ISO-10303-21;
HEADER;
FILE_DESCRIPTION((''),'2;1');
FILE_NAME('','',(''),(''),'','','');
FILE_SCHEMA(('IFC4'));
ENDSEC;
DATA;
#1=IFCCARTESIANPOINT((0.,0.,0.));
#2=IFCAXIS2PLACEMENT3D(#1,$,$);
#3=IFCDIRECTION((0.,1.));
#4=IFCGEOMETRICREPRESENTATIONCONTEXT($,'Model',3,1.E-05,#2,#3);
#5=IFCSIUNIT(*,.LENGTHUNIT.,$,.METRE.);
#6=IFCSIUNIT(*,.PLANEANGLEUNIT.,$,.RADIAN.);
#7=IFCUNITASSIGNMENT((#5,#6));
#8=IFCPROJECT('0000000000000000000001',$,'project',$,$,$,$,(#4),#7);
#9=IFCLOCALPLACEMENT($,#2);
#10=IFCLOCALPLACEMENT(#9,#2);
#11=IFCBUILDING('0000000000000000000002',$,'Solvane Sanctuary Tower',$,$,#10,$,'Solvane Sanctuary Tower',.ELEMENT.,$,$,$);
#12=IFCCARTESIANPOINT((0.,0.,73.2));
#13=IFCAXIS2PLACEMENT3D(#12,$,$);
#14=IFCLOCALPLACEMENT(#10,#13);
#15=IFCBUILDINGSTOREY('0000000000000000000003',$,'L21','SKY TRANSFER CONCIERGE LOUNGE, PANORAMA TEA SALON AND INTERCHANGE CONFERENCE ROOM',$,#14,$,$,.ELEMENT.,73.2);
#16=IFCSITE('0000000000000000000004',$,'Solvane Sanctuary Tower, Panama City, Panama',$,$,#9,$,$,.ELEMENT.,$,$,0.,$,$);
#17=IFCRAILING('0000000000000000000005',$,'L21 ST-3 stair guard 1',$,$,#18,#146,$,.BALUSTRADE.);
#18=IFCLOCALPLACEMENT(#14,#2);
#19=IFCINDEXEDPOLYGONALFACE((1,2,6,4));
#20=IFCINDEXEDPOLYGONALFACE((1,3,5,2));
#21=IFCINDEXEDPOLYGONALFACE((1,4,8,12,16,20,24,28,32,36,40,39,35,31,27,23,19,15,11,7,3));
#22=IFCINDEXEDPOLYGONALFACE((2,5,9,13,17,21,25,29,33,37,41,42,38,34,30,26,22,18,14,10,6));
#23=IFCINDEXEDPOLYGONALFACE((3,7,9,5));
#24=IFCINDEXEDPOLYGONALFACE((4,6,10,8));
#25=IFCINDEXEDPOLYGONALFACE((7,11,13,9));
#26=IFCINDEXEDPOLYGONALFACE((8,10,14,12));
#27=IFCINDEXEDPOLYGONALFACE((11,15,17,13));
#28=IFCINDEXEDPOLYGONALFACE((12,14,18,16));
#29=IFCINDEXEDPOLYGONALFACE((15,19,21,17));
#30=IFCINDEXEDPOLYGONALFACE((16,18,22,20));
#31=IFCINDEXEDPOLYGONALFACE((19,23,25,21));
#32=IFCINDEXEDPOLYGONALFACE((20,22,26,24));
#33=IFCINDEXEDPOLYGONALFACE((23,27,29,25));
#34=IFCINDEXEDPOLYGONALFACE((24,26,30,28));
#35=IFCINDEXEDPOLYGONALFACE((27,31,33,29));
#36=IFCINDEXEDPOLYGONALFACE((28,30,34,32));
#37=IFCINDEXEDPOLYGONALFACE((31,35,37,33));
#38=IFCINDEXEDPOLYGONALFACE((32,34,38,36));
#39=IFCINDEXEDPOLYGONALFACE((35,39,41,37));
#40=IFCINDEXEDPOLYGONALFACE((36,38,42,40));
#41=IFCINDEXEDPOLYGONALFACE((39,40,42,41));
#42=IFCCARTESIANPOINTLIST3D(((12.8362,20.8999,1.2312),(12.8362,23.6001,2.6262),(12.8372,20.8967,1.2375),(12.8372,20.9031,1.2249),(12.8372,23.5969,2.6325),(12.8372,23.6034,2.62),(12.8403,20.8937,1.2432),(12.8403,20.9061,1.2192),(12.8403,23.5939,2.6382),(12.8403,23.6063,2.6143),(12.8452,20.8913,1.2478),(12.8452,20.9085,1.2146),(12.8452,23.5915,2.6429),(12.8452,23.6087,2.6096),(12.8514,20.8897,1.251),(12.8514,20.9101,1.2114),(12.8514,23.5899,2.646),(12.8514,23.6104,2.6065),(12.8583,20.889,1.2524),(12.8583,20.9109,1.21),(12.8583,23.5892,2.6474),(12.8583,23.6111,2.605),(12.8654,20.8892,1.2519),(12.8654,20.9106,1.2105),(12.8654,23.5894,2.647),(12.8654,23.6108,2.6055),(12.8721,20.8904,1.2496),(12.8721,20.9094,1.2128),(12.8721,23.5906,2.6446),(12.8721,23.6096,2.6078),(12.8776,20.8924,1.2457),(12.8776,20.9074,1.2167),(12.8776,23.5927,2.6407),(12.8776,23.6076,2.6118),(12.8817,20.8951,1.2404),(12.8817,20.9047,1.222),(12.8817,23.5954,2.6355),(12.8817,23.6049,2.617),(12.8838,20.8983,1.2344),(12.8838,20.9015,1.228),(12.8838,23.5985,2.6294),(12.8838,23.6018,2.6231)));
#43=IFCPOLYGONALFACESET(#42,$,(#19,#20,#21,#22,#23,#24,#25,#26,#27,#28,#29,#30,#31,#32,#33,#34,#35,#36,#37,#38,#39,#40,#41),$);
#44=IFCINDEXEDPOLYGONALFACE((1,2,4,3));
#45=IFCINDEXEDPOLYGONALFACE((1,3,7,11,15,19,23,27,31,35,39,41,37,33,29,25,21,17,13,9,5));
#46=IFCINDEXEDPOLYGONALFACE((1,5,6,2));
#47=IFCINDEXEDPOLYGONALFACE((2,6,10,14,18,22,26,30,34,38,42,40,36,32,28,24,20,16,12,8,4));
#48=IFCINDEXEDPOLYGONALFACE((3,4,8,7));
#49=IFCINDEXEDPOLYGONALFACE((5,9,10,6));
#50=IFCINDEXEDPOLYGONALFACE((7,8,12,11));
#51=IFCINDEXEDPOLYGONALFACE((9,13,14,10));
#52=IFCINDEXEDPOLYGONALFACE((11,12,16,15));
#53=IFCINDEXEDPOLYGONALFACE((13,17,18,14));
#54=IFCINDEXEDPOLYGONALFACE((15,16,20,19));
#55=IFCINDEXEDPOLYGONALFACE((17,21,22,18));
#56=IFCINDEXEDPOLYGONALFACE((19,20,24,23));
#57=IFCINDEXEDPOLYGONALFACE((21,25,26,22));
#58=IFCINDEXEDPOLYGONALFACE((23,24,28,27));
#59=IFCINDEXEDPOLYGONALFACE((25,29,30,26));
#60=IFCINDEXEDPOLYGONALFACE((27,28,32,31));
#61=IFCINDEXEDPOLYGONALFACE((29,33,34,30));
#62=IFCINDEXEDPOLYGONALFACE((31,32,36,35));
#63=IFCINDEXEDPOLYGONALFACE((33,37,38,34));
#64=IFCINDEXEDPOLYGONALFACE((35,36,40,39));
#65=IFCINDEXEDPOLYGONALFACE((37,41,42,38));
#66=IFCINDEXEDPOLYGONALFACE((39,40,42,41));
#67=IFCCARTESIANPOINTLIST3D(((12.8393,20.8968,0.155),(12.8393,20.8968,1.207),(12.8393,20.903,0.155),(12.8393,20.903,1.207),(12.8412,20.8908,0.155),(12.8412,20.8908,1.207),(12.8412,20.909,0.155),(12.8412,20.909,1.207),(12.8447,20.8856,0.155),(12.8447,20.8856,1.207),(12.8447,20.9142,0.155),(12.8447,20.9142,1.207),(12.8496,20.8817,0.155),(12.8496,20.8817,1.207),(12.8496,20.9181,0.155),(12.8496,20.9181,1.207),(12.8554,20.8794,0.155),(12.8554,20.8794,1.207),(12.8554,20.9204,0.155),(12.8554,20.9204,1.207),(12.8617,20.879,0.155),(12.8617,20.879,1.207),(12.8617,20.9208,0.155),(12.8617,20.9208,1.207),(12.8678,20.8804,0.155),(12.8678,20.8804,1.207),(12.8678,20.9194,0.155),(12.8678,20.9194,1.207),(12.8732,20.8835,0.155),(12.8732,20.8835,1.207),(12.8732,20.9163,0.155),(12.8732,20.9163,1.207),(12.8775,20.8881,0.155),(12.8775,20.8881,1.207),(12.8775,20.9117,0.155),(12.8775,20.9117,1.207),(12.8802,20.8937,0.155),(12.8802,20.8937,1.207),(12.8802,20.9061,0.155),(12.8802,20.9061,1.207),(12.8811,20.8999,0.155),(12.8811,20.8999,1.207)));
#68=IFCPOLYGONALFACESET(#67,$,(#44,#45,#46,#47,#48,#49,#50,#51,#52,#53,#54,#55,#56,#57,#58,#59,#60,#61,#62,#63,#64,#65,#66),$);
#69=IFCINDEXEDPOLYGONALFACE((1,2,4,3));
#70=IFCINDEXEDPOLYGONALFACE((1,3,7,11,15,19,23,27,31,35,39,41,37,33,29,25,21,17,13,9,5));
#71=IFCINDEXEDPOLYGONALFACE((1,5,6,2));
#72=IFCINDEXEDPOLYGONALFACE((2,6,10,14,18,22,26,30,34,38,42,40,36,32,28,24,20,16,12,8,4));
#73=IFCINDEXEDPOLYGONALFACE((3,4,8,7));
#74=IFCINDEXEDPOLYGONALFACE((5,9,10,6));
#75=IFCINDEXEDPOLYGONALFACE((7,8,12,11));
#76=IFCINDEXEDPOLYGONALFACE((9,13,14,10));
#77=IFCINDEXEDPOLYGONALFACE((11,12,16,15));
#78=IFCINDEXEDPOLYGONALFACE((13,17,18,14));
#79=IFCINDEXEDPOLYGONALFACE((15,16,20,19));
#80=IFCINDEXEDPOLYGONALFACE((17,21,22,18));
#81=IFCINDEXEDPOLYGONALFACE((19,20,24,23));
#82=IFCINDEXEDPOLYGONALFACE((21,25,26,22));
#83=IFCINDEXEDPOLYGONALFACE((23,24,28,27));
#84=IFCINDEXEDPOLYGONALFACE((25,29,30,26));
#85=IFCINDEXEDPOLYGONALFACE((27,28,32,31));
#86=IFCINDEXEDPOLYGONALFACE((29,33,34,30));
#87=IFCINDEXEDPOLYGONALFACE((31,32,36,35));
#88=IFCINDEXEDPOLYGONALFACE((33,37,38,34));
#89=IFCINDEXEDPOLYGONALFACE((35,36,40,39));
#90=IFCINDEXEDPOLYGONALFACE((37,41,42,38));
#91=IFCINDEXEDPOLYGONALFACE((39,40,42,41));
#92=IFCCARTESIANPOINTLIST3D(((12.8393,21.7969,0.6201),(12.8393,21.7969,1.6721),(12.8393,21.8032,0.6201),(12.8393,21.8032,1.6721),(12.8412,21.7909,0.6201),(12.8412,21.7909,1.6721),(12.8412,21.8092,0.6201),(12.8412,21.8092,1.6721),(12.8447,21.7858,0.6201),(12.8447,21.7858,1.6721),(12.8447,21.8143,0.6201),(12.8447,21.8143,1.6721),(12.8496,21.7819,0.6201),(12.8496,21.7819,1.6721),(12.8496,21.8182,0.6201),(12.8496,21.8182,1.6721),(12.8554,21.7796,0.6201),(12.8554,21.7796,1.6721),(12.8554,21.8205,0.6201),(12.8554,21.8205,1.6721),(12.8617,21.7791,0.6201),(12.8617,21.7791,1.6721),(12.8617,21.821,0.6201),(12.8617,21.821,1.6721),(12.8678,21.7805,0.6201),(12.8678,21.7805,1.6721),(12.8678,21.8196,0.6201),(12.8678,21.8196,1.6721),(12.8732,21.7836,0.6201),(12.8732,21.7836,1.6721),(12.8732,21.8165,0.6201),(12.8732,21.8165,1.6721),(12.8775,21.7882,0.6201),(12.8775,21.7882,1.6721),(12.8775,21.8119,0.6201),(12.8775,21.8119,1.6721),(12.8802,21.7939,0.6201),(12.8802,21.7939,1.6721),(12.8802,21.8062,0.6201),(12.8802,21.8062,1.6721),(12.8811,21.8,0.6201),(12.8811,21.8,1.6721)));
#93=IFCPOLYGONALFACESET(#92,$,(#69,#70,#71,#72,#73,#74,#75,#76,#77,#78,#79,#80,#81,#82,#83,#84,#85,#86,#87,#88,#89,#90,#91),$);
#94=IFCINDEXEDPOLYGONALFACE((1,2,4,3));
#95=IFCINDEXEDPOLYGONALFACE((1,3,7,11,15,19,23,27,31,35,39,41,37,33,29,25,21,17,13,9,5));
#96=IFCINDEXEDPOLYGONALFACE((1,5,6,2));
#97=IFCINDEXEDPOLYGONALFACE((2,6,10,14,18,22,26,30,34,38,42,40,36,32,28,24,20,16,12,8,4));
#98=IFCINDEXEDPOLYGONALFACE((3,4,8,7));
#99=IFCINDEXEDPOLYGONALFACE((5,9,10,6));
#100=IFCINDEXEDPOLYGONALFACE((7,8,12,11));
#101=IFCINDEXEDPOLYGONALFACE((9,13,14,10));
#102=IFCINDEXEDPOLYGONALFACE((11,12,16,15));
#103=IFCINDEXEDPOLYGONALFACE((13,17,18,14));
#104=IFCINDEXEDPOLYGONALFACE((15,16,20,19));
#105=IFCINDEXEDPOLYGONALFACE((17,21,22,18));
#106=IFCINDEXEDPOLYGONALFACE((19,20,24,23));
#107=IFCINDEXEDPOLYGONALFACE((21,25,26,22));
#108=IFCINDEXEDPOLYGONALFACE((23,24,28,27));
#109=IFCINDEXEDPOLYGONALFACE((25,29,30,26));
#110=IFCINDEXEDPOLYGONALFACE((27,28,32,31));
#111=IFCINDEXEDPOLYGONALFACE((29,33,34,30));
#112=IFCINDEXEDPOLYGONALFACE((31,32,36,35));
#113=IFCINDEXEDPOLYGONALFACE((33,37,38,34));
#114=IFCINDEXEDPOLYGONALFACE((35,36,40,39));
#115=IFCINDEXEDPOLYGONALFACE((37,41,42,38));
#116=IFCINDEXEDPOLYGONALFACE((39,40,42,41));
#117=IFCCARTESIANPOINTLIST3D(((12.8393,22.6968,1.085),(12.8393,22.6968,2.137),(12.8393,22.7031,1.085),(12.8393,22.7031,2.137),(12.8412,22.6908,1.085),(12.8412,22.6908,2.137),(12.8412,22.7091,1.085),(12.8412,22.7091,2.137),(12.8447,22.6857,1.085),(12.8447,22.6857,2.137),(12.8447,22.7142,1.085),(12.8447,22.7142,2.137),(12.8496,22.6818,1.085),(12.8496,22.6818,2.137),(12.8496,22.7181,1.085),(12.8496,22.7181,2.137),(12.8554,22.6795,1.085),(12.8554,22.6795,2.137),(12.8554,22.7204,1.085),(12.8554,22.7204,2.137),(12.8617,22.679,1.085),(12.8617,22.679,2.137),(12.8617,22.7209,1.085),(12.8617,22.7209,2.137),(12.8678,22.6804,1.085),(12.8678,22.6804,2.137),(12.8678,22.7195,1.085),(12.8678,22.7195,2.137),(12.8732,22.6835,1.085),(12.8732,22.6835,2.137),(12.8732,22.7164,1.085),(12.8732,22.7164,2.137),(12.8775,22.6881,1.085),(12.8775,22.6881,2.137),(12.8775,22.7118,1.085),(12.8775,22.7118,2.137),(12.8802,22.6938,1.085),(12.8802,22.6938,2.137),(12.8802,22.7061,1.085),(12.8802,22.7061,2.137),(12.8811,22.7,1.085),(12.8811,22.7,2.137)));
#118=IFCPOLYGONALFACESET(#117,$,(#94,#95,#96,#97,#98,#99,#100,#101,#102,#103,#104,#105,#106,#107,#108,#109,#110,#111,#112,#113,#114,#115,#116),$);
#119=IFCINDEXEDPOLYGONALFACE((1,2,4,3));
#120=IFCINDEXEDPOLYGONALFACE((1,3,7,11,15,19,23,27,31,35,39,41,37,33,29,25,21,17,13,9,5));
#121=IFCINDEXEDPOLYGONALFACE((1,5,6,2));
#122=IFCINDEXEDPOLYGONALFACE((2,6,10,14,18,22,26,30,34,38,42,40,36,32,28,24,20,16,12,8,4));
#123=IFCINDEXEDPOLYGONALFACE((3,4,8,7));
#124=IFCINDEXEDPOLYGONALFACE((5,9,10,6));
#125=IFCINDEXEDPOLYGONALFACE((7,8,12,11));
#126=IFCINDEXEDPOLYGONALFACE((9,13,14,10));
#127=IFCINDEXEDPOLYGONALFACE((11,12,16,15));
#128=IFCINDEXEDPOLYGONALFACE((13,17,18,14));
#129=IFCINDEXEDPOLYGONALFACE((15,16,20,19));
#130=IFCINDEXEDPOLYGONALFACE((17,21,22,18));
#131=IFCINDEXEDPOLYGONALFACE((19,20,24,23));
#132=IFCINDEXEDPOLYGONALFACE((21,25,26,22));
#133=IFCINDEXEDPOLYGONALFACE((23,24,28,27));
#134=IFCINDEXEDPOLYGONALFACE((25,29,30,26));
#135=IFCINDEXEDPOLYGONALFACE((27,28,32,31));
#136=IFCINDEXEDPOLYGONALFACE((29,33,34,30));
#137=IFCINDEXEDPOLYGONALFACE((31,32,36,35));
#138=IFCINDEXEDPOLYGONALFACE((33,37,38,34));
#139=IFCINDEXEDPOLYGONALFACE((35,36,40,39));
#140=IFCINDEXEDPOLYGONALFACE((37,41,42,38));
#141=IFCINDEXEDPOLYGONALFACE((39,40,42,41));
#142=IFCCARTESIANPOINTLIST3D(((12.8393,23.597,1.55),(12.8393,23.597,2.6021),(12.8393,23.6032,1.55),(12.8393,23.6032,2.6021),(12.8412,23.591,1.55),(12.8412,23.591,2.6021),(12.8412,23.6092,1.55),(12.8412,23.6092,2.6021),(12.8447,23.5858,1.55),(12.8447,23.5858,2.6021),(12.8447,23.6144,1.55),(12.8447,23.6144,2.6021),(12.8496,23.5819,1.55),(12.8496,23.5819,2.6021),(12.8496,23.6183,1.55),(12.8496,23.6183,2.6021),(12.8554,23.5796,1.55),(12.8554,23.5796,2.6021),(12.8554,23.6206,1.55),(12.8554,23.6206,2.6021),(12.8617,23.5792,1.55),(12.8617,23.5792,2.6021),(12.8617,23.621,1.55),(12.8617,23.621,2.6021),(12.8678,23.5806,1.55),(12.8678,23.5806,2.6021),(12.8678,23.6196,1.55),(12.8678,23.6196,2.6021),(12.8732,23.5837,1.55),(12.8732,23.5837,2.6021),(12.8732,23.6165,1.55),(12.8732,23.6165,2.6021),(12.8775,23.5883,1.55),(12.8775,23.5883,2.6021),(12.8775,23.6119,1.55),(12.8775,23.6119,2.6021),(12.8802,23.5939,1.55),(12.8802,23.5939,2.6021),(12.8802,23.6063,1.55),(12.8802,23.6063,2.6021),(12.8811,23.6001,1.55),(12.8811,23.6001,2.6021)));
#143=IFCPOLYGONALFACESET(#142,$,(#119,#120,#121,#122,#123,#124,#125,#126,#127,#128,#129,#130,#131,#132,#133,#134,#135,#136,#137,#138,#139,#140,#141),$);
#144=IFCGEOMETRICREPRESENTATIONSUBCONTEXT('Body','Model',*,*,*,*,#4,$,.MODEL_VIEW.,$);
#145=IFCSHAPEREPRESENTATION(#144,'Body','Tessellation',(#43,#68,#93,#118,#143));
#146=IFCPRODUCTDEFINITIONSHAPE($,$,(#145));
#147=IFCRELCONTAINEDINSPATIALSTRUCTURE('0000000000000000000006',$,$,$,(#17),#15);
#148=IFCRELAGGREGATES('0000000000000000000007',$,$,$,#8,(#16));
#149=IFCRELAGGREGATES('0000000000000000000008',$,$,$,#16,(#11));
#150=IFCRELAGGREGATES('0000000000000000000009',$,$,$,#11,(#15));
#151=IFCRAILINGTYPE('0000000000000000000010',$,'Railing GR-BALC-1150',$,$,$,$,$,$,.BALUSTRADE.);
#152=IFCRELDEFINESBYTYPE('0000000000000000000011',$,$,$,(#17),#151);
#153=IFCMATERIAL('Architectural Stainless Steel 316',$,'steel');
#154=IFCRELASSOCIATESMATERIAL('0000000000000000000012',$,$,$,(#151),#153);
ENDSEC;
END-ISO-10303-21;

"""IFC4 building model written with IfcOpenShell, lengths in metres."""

from ifc_helpers import new_model, si_unit, direction, frame, origin, origin_2d, place, context, subcontext, project, spatial, circle, extrude, material, type_object, element, save


model = new_model("IFC4")

# Units and contexts
model_context = context("Model", 3, precision=1e-05, world=origin(), true_north=direction((0.0, 1.0)))
body_context = subcontext(model_context, "Body", "Model", "MODEL_VIEW")
ifc_project = project(units=[si_unit("LENGTHUNIT", "METRE"), si_unit("PLANEANGLEUNIT", "RADIAN")], contexts=[model_context])

# Site, building, storey
site_placement = place(None, origin())
site = spatial("IfcSite", under=ifc_project, at=site_placement, Name="Solvane Sanctuary Tower, Panama City, Panama", CompositionType="ELEMENT", RefElevation=0.0)
building_placement = place(site_placement, origin())
building = spatial("IfcBuilding", under=site, at=building_placement, Name="Solvane Sanctuary Tower", LongName="Solvane Sanctuary Tower", CompositionType="ELEMENT")
storey_placement = place(building_placement, frame((0.0, 0.0, 73.2)))
storey = spatial("IfcBuildingStorey", under=building, at=storey_placement, Name="L21", Description="SKY TRANSFER CONCIERGE LOUNGE, PANORAMA TEA SALON AND INTERCHANGE CONFERENCE ROOM", CompositionType="ELEMENT", Elevation=73.2)

# Shared definitions
ifc_material_1 = material(Name="Architectural Stainless Steel 316", Category="steel")

# Railing
railing_type_1 = type_object("IfcRailingType", Name="Railing GR-BALC-1150", PredefinedType="BALUSTRADE", material=ifc_material_1)
railing_1_placement = place(storey_placement, frame((12.8601, 20.8999, 0.155)))
element("IfcRailing", 1, at=railing_1_placement, inside=storey, type_object=railing_type_1, Name="L21 ST-3 stair guard 1", PredefinedType="BALUSTRADE", context=body_context, shape_type="SweptSolid", body=[
    extrude(circle(Radius=0.0239, at=origin_2d()), frame((0.0, 0.0, 1.0762), z_axis=(0.0, 0.888437, 0.458999), x_axis=(-1.0, 0.0, 0.0)), (0.0, 0.0, 1.0), 3.0393),
    extrude(circle(Radius=0.021, at=origin_2d()), origin(), (0.0, 0.0, 1.0), 1.052),
    extrude(circle(Radius=0.021, at=origin_2d()), frame((0.0, 0.9001, 0.4651)), (0.0, 0.0, 1.0), 1.052),
    extrude(circle(Radius=0.021, at=origin_2d()), frame((0.0, 1.8, 0.9299)), (0.0, 0.0, 1.0), 1.052),
    extrude(circle(Radius=0.021, at=origin_2d()), frame((0.0, 2.7002, 1.395)), (0.0, 0.0, 1.0), 1.052),
])

save(model, "model.ifc")
